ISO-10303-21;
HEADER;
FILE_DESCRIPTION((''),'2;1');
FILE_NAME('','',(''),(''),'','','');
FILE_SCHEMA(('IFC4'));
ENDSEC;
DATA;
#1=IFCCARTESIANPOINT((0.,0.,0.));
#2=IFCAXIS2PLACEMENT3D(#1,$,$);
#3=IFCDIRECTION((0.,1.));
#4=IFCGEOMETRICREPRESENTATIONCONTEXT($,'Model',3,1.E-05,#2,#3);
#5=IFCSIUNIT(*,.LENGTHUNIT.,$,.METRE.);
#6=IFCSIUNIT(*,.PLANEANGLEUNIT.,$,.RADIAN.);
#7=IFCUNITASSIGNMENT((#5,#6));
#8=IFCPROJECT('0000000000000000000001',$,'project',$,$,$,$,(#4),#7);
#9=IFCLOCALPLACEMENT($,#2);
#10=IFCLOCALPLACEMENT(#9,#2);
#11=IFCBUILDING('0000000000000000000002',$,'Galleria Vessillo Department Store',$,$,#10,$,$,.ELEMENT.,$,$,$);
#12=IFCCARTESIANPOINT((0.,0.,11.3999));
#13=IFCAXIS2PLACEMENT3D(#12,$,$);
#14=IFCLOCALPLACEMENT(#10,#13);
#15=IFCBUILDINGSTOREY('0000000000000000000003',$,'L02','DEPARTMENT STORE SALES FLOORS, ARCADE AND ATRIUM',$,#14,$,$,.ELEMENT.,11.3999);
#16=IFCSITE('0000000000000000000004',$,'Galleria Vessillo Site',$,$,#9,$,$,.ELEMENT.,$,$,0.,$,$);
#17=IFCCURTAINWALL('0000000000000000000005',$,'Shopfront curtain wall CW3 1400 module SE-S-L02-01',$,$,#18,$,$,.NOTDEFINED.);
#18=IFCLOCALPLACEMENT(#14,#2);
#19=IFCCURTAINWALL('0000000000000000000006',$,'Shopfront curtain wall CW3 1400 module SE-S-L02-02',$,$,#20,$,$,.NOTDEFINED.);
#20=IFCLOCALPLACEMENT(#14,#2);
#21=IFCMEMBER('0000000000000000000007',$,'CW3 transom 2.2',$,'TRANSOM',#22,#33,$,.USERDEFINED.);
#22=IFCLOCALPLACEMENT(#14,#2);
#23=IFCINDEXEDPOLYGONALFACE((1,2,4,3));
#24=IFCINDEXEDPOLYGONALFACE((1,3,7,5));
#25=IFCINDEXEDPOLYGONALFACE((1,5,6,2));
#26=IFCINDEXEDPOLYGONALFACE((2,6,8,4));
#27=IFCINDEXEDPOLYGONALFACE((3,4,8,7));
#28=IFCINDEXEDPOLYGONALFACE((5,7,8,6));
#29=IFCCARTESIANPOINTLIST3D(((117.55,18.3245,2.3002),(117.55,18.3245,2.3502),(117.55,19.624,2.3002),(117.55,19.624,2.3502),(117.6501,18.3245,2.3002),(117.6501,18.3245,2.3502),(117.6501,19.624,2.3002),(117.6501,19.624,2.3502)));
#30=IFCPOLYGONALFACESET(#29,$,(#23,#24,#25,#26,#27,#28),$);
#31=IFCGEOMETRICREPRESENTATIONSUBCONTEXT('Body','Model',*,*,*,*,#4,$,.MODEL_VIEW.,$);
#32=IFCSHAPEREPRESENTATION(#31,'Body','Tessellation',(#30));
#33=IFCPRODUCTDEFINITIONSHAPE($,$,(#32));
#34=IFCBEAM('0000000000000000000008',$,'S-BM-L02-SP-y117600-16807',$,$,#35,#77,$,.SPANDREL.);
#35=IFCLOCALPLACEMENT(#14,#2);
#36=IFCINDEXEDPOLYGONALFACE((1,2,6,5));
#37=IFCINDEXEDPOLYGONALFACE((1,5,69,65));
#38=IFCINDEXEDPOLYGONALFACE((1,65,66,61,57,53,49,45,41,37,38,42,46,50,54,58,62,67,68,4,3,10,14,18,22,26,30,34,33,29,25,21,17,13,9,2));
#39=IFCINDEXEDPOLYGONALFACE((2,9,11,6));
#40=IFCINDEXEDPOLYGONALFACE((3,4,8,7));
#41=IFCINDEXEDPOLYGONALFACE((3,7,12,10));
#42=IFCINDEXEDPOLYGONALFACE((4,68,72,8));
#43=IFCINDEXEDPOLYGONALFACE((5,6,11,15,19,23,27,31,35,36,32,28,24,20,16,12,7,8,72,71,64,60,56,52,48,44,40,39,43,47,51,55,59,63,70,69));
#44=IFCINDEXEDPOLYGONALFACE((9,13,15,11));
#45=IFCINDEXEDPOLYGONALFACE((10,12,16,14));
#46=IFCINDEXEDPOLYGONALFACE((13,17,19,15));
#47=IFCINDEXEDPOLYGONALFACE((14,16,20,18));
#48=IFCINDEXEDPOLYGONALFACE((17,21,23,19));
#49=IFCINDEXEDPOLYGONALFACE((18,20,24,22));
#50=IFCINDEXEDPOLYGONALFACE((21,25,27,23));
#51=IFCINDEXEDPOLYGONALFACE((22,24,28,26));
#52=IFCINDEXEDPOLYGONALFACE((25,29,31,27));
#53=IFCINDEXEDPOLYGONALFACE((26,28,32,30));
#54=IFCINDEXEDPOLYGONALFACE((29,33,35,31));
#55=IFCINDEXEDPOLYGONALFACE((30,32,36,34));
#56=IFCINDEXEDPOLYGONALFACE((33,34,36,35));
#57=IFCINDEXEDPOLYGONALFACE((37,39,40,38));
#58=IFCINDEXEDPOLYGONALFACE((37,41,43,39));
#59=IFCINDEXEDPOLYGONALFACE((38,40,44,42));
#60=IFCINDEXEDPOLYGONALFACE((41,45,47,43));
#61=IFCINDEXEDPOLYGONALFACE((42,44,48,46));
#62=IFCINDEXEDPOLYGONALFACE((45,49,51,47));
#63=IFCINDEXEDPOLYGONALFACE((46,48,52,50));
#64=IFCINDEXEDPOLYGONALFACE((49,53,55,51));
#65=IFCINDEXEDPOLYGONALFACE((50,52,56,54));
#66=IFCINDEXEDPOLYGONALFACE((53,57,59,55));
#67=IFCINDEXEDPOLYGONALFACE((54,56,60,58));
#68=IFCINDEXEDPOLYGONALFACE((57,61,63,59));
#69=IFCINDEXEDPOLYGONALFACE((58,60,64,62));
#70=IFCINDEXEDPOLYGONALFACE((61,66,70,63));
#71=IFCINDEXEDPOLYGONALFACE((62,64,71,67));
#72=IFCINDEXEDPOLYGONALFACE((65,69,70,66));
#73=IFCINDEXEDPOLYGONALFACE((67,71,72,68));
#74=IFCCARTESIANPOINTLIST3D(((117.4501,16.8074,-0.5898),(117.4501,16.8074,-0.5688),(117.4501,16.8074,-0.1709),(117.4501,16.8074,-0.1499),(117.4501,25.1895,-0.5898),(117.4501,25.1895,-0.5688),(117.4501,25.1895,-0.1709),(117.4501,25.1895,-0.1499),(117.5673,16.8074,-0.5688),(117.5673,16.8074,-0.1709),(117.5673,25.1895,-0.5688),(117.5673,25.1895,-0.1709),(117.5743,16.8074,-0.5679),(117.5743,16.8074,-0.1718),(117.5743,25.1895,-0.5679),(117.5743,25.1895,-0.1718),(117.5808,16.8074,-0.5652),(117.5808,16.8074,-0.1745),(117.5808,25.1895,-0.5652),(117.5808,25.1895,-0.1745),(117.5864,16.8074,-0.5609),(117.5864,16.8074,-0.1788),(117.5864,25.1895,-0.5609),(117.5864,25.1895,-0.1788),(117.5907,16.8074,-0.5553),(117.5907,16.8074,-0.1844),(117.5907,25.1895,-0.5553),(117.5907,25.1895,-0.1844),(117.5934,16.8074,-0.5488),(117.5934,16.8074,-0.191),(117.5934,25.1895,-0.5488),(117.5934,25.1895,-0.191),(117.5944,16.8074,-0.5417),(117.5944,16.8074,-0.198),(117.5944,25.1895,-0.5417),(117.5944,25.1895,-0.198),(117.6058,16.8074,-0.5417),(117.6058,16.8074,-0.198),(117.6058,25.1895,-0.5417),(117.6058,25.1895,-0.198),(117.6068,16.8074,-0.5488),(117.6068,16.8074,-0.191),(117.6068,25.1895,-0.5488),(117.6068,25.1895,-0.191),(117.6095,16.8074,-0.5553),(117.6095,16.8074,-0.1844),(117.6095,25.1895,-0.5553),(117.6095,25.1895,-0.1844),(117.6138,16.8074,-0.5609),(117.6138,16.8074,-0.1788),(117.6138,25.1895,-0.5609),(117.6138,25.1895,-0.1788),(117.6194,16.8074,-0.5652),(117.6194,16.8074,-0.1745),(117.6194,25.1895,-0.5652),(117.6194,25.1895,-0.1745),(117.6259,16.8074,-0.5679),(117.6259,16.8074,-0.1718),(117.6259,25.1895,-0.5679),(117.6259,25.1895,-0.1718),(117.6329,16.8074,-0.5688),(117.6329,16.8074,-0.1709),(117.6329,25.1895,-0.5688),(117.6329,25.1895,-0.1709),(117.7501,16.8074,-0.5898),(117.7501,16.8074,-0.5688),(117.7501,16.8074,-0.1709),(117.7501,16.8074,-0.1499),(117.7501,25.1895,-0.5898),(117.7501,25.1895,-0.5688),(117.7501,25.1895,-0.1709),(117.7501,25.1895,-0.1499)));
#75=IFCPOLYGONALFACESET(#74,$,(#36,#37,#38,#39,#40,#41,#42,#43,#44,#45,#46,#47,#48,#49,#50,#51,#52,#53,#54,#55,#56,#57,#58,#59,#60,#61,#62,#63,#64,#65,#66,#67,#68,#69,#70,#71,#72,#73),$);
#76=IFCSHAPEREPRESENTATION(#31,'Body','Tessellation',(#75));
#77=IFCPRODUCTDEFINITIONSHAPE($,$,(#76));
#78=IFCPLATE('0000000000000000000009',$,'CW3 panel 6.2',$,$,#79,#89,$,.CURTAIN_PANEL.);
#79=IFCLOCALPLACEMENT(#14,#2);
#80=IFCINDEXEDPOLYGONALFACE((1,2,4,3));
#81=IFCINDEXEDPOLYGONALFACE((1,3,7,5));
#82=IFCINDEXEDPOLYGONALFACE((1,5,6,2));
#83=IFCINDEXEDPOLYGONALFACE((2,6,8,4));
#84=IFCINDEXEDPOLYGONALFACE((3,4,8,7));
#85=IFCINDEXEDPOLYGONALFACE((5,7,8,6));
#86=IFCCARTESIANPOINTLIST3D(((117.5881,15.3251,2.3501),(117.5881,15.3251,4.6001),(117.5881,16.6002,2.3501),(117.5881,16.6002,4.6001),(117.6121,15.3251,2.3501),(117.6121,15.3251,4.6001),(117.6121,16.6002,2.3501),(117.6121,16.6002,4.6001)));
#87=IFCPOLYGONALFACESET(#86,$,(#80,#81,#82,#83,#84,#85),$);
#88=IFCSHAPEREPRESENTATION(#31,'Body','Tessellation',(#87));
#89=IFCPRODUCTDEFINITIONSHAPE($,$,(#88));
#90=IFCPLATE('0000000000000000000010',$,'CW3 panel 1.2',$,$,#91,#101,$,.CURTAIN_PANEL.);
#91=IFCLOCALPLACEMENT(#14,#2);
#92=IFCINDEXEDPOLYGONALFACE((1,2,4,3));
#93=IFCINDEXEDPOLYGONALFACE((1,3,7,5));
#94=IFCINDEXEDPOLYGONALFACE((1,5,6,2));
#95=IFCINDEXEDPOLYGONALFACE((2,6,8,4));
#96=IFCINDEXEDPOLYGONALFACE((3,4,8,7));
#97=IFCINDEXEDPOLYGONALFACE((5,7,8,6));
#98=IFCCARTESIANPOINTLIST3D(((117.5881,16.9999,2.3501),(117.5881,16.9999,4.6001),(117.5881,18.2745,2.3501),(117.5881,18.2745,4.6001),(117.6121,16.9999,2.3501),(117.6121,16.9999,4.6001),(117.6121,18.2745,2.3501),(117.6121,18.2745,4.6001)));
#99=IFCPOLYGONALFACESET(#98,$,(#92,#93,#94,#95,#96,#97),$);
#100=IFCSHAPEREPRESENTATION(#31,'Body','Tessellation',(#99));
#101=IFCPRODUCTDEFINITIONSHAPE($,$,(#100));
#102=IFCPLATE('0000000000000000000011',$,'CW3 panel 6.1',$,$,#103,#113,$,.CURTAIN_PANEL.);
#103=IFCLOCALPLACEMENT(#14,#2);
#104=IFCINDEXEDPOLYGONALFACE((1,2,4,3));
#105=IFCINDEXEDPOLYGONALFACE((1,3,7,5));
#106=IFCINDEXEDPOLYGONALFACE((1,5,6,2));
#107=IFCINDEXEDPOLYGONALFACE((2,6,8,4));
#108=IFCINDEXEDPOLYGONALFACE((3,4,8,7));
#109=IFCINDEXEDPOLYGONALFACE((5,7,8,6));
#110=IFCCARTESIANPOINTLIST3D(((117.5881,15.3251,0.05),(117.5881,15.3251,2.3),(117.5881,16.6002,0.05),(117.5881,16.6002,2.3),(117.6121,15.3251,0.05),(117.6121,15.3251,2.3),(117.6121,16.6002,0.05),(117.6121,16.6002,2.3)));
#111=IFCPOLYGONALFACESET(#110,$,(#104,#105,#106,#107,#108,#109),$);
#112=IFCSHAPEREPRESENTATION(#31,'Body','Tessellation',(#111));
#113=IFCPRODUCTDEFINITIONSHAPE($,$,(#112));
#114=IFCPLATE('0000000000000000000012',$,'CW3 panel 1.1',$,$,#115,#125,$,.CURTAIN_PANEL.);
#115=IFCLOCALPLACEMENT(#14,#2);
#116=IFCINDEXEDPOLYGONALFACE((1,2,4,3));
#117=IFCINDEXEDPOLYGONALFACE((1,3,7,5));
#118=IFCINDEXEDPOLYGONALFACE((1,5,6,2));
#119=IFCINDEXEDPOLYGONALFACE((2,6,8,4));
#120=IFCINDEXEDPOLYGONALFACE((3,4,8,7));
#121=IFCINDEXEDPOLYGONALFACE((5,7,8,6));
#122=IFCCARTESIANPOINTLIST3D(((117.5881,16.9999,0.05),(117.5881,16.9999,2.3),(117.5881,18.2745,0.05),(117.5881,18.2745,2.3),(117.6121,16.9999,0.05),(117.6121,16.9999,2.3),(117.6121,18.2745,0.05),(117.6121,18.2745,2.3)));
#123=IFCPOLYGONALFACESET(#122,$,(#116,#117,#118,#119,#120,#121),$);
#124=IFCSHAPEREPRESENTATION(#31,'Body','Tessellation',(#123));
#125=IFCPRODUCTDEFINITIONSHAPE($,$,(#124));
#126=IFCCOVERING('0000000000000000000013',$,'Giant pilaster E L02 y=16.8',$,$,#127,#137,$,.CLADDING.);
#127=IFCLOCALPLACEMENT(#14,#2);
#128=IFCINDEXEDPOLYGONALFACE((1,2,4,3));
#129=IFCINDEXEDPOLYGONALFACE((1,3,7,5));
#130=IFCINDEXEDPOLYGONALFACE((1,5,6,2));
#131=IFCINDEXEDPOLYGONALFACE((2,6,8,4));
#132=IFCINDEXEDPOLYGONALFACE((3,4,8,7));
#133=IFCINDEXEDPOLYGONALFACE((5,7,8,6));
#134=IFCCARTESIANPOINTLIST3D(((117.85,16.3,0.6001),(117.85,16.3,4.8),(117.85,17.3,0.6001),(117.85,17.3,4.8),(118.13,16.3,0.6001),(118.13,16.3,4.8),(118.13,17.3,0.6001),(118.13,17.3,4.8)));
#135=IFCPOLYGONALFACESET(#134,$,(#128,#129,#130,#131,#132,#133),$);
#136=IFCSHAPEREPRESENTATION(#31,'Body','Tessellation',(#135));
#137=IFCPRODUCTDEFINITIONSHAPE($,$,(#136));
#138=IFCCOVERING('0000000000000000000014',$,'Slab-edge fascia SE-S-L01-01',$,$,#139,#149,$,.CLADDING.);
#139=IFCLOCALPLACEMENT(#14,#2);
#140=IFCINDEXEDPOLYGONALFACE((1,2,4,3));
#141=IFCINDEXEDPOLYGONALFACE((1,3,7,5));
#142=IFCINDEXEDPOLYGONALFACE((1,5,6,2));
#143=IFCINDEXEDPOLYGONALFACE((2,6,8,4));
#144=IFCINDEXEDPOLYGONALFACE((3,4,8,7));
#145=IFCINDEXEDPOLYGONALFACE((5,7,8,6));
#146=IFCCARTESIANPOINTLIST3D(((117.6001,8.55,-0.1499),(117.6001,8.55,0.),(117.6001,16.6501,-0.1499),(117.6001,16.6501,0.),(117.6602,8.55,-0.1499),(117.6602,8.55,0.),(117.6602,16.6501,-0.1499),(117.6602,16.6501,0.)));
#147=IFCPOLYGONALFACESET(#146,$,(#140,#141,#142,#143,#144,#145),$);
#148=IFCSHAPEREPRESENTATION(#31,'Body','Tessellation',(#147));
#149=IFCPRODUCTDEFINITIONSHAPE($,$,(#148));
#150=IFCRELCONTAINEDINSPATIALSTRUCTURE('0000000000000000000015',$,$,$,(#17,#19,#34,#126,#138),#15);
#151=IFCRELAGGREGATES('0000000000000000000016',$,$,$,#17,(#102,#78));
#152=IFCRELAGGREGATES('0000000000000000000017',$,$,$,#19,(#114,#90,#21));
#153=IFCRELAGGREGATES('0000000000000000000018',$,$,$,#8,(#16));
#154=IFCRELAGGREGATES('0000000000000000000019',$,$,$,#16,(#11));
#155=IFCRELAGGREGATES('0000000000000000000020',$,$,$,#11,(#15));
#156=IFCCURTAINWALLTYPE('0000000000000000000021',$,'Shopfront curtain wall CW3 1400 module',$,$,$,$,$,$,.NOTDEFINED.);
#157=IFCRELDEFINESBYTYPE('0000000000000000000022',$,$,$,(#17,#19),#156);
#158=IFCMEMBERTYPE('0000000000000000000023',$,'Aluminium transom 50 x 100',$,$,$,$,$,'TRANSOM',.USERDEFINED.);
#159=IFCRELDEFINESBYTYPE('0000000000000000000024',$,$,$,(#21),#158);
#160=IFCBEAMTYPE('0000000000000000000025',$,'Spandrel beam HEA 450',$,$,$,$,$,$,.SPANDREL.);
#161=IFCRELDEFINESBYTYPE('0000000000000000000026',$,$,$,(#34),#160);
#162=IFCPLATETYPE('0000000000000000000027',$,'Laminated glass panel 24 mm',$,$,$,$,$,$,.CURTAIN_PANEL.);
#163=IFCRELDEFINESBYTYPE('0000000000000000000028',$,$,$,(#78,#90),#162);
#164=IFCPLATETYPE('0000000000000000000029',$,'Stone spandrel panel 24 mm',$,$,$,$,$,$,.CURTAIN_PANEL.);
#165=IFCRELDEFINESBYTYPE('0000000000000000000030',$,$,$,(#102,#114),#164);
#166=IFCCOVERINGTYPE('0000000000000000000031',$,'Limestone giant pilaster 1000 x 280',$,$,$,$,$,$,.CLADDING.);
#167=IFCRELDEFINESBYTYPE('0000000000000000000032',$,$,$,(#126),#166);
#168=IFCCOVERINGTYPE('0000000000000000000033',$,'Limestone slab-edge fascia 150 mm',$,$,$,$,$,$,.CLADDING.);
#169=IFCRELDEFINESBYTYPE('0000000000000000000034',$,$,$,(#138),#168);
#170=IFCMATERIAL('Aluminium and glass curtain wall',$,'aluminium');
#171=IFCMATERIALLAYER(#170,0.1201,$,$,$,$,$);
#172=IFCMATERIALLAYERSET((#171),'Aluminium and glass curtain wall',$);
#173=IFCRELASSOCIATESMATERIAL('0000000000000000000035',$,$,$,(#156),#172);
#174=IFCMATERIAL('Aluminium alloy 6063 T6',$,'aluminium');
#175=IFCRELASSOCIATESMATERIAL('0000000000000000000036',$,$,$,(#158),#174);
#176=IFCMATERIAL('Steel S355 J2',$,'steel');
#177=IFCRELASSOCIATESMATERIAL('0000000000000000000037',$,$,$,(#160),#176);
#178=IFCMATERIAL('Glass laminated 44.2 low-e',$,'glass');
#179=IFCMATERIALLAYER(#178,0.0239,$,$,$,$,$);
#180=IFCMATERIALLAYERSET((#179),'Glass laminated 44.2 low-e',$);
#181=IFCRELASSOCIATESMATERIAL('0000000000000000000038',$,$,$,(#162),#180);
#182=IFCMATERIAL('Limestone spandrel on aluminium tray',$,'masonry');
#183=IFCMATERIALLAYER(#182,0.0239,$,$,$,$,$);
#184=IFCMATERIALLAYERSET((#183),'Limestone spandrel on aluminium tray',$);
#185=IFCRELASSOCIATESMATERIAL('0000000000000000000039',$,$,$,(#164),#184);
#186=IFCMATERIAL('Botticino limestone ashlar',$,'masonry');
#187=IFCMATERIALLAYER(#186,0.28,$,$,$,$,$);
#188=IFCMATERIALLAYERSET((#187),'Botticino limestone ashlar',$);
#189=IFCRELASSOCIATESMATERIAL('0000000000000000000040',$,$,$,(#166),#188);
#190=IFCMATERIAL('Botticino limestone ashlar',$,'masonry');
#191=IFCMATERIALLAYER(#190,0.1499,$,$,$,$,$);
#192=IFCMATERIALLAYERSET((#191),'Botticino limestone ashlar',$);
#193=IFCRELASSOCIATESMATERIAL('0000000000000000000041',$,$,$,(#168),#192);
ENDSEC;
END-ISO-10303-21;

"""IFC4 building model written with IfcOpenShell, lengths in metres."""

from ifc_helpers import new_model, si_unit, direction, frame, origin, origin_2d, place, context, subcontext, project, spatial, rectangle, i_section, extrude, material, layer, layer_set, material_profile, profile_set, type_object, element, aggregate, save


model = new_model("IFC4")

# Units and contexts
model_context = context("Model", 3, precision=1e-05, world=origin(), true_north=direction((0.0, 1.0)))
body_context = subcontext(model_context, "Body", "Model", "MODEL_VIEW")
ifc_project = project(units=[si_unit("LENGTHUNIT", "METRE"), si_unit("PLANEANGLEUNIT", "RADIAN")], contexts=[model_context])

# Site, building, storey
site_placement = place(None, origin())
site = spatial("IfcSite", under=ifc_project, at=site_placement, Name="Galleria Vessillo Site", CompositionType="ELEMENT", RefElevation=0.0)
building_placement = place(site_placement, origin())
building = spatial("IfcBuilding", under=site, at=building_placement, Name="Galleria Vessillo Department Store", CompositionType="ELEMENT")
storey_placement = place(building_placement, frame((0.0, 0.0, 11.3999)))
storey = spatial("IfcBuildingStorey", under=building, at=storey_placement, Name="L02", Description="DEPARTMENT STORE SALES FLOORS, ARCADE AND ATRIUM", CompositionType="ELEMENT", Elevation=11.3999)

# Curtain walls
ifc_material_1 = material(Name="Aluminium and glass curtain wall", Category="aluminium")
ifc_layer_1 = layer(ifc_material_1, 0.1201)
ifc_layer_set_1 = layer_set([ifc_layer_1], Name="Aluminium and glass curtain wall")
curtain_wall_type = type_object("IfcCurtainWallType", Name="Shopfront curtain wall CW3 1400 module", PredefinedType="NOTDEFINED", material=ifc_layer_set_1)
curtain_wall_1_placement = place(storey_placement, origin())
curtain_wall_1 = element("IfcCurtainWall", 1, at=curtain_wall_1_placement, inside=storey, type_object=curtain_wall_type, Name="Shopfront curtain wall CW3 1400 module SE-S-L02-01", PredefinedType="NOTDEFINED")
curtain_wall_2_placement = place(storey_placement, origin())
curtain_wall_2 = element("IfcCurtainWall", 2, at=curtain_wall_2_placement, inside=storey, type_object=curtain_wall_type, Name="Shopfront curtain wall CW3 1400 module SE-S-L02-02", PredefinedType="NOTDEFINED")

# Member
ifc_material_2 = material(Name="Aluminium alloy 6063 T6", Category="aluminium")
ifc_material_profile_1 = material_profile(ifc_material_2, rectangle(XDim=0.1001, YDim=0.05, at=origin_2d()), Name="AL 50x100")
ifc_profile_set_1 = profile_set([ifc_material_profile_1], Name="Aluminium alloy 6063 T6")
member_type_1 = type_object("IfcMemberType", Name="Aluminium transom 50 x 100", ElementType="TRANSOM", PredefinedType="USERDEFINED", material=ifc_profile_set_1)
member_1_placement = place(storey_placement, frame((117.6001, 18.3245, 2.3252), z_axis=(0.0, 1.0, 0.0), x_axis=(-1.0, 0.0, 0.0)))
member_1 = element("IfcMember", 3, at=member_1_placement, type_object=member_type_1, Name="CW3 transom 2.2", ObjectType="TRANSOM", PredefinedType="USERDEFINED", context=body_context, shape_type="SweptSolid", body=[
    extrude(rectangle(XDim=0.1001, YDim=0.05, at=origin_2d()), origin(), (0.0, 0.0, 1.0), 1.2996),
])

# Beam
ifc_material_3 = material(Name="Steel S355 J2", Category="steel")
ifc_material_profile_2 = material_profile(ifc_material_3, i_section(OverallWidth=0.3, OverallDepth=0.4399, WebThickness=0.0115, FlangeThickness=0.021, FilletRadius=0.0271, at=origin_2d()), Name="HEA 450")
ifc_profile_set_2 = profile_set([ifc_material_profile_2], Name="Steel S355 J2")
beam_type = type_object("IfcBeamType", Name="Spandrel beam HEA 450", PredefinedType="SPANDREL", material=ifc_profile_set_2)
beam_placement = place(storey_placement, frame((117.6001, 16.8074, -0.3699), z_axis=(0.0, 1.0, 0.0), x_axis=(-1.0, 0.0, 0.0)))
element("IfcBeam", 4, at=beam_placement, inside=storey, type_object=beam_type, Name="S-BM-L02-SP-y117600-16807", PredefinedType="SPANDREL", context=body_context, shape_type="SweptSolid", body=[
    extrude(i_section(OverallWidth=0.3, OverallDepth=0.4399, WebThickness=0.0115, FlangeThickness=0.021, FilletRadius=0.0271, at=origin_2d()), origin(), (0.0, 0.0, 1.0), 8.3821),
])

# Plates
ifc_material_4 = material(Name="Glass laminated 44.2 low-e", Category="glass")
ifc_layer_2 = layer(ifc_material_4, 0.0239)
ifc_layer_set_2 = layer_set([ifc_layer_2], Name="Glass laminated 44.2 low-e")
plate_type_1 = type_object("IfcPlateType", Name="Laminated glass panel 24 mm", PredefinedType="CURTAIN_PANEL", material=ifc_layer_set_2)
plate_1_placement = place(storey_placement, frame((117.6001, 15.9626, 2.3501), z_axis=(0.0, 0.0, 1.0), x_axis=(0.0, 1.0, 0.0)))
plate_1 = element("IfcPlate", 5, at=plate_1_placement, type_object=plate_type_1, Name="CW3 panel 6.2", PredefinedType="CURTAIN_PANEL", context=body_context, shape_type="SweptSolid", body=[
    extrude(rectangle(XDim=1.2751, YDim=0.0239, at=origin_2d()), origin(), (0.0, 0.0, 1.0), 2.25),
])
plate_2_placement = place(storey_placement, frame((117.6001, 17.6372, 2.3501), z_axis=(0.0, 0.0, 1.0), x_axis=(0.0, 1.0, 0.0)))
plate_2 = element("IfcPlate", 6, at=plate_2_placement, type_object=plate_type_1, Name="CW3 panel 1.2", PredefinedType="CURTAIN_PANEL", context=body_context, shape_type="SweptSolid", body=[
    extrude(rectangle(XDim=1.2747, YDim=0.0239, at=origin_2d()), origin(), (0.0, 0.0, 1.0), 2.25),
])
ifc_material_5 = material(Name="Limestone spandrel on aluminium tray", Category="masonry")
ifc_layer_3 = layer(ifc_material_5, 0.0239)
ifc_layer_set_3 = layer_set([ifc_layer_3], Name="Limestone spandrel on aluminium tray")
plate_type_2 = type_object("IfcPlateType", Name="Stone spandrel panel 24 mm", PredefinedType="CURTAIN_PANEL", material=ifc_layer_set_3)
plate_3_placement = place(storey_placement, frame((117.6001, 15.9626, 0.05), z_axis=(0.0, 0.0, 1.0), x_axis=(0.0, 1.0, 0.0)))
plate_3 = element("IfcPlate", 7, at=plate_3_placement, type_object=plate_type_2, Name="CW3 panel 6.1", PredefinedType="CURTAIN_PANEL", context=body_context, shape_type="SweptSolid", body=[
    extrude(rectangle(XDim=1.2751, YDim=0.0239, at=origin_2d()), origin(), (0.0, 0.0, 1.0), 2.25),
])
aggregate(curtain_wall_1, [plate_3, plate_1])
plate_4_placement = place(storey_placement, frame((117.6001, 17.6372, 0.05), z_axis=(0.0, 0.0, 1.0), x_axis=(0.0, 1.0, 0.0)))
plate_4 = element("IfcPlate", 8, at=plate_4_placement, type_object=plate_type_2, Name="CW3 panel 1.1", PredefinedType="CURTAIN_PANEL", context=body_context, shape_type="SweptSolid", body=[
    extrude(rectangle(XDim=1.2747, YDim=0.0239, at=origin_2d()), origin(), (0.0, 0.0, 1.0), 2.25),
])
aggregate(curtain_wall_2, [plate_4, plate_2, member_1])

# Coverings
ifc_material_6 = material(Name="Botticino limestone ashlar", Category="masonry")
ifc_layer_4 = layer(ifc_material_6, 0.28)
ifc_layer_set_4 = layer_set([ifc_layer_4], Name="Botticino limestone ashlar")
covering_type_1 = type_object("IfcCoveringType", Name="Limestone giant pilaster 1000 x 280", PredefinedType="CLADDING", material=ifc_layer_set_4)
covering_1_placement = place(storey_placement, frame((117.99, 16.8, 0.6001), z_axis=(0.0, 0.0, 1.0), x_axis=(1.0, 0.0, 0.0)))
element("IfcCovering", 9, at=covering_1_placement, inside=storey, type_object=covering_type_1, Name="Giant pilaster E L02 y=16.8", PredefinedType="CLADDING", context=body_context, shape_type="SweptSolid", body=[
    extrude(rectangle(XDim=0.28, YDim=1.0, at=origin_2d()), origin(), (0.0, 0.0, 1.0), 4.2),
])
ifc_material_7 = material(Name="Botticino limestone ashlar", Category="masonry")
ifc_layer_5 = layer(ifc_material_7, 0.1499)
ifc_layer_set_5 = layer_set([ifc_layer_5], Name="Botticino limestone ashlar")
covering_type_2 = type_object("IfcCoveringType", Name="Limestone slab-edge fascia 150 mm", PredefinedType="CLADDING", material=ifc_layer_set_5)
covering_2_placement = place(storey_placement, frame((117.6301, 12.6001, -0.1499), z_axis=(0.0, 0.0, 1.0), x_axis=(1.0, 0.0, 0.0)))
element("IfcCovering", 10, at=covering_2_placement, inside=storey, type_object=covering_type_2, Name="Slab-edge fascia SE-S-L01-01", PredefinedType="CLADDING", context=body_context, shape_type="SweptSolid", body=[
    extrude(rectangle(XDim=0.0601, YDim=8.1001, at=origin_2d()), origin(), (0.0, 0.0, 1.0), 0.1499),
])

save(model, "model.ifc")
